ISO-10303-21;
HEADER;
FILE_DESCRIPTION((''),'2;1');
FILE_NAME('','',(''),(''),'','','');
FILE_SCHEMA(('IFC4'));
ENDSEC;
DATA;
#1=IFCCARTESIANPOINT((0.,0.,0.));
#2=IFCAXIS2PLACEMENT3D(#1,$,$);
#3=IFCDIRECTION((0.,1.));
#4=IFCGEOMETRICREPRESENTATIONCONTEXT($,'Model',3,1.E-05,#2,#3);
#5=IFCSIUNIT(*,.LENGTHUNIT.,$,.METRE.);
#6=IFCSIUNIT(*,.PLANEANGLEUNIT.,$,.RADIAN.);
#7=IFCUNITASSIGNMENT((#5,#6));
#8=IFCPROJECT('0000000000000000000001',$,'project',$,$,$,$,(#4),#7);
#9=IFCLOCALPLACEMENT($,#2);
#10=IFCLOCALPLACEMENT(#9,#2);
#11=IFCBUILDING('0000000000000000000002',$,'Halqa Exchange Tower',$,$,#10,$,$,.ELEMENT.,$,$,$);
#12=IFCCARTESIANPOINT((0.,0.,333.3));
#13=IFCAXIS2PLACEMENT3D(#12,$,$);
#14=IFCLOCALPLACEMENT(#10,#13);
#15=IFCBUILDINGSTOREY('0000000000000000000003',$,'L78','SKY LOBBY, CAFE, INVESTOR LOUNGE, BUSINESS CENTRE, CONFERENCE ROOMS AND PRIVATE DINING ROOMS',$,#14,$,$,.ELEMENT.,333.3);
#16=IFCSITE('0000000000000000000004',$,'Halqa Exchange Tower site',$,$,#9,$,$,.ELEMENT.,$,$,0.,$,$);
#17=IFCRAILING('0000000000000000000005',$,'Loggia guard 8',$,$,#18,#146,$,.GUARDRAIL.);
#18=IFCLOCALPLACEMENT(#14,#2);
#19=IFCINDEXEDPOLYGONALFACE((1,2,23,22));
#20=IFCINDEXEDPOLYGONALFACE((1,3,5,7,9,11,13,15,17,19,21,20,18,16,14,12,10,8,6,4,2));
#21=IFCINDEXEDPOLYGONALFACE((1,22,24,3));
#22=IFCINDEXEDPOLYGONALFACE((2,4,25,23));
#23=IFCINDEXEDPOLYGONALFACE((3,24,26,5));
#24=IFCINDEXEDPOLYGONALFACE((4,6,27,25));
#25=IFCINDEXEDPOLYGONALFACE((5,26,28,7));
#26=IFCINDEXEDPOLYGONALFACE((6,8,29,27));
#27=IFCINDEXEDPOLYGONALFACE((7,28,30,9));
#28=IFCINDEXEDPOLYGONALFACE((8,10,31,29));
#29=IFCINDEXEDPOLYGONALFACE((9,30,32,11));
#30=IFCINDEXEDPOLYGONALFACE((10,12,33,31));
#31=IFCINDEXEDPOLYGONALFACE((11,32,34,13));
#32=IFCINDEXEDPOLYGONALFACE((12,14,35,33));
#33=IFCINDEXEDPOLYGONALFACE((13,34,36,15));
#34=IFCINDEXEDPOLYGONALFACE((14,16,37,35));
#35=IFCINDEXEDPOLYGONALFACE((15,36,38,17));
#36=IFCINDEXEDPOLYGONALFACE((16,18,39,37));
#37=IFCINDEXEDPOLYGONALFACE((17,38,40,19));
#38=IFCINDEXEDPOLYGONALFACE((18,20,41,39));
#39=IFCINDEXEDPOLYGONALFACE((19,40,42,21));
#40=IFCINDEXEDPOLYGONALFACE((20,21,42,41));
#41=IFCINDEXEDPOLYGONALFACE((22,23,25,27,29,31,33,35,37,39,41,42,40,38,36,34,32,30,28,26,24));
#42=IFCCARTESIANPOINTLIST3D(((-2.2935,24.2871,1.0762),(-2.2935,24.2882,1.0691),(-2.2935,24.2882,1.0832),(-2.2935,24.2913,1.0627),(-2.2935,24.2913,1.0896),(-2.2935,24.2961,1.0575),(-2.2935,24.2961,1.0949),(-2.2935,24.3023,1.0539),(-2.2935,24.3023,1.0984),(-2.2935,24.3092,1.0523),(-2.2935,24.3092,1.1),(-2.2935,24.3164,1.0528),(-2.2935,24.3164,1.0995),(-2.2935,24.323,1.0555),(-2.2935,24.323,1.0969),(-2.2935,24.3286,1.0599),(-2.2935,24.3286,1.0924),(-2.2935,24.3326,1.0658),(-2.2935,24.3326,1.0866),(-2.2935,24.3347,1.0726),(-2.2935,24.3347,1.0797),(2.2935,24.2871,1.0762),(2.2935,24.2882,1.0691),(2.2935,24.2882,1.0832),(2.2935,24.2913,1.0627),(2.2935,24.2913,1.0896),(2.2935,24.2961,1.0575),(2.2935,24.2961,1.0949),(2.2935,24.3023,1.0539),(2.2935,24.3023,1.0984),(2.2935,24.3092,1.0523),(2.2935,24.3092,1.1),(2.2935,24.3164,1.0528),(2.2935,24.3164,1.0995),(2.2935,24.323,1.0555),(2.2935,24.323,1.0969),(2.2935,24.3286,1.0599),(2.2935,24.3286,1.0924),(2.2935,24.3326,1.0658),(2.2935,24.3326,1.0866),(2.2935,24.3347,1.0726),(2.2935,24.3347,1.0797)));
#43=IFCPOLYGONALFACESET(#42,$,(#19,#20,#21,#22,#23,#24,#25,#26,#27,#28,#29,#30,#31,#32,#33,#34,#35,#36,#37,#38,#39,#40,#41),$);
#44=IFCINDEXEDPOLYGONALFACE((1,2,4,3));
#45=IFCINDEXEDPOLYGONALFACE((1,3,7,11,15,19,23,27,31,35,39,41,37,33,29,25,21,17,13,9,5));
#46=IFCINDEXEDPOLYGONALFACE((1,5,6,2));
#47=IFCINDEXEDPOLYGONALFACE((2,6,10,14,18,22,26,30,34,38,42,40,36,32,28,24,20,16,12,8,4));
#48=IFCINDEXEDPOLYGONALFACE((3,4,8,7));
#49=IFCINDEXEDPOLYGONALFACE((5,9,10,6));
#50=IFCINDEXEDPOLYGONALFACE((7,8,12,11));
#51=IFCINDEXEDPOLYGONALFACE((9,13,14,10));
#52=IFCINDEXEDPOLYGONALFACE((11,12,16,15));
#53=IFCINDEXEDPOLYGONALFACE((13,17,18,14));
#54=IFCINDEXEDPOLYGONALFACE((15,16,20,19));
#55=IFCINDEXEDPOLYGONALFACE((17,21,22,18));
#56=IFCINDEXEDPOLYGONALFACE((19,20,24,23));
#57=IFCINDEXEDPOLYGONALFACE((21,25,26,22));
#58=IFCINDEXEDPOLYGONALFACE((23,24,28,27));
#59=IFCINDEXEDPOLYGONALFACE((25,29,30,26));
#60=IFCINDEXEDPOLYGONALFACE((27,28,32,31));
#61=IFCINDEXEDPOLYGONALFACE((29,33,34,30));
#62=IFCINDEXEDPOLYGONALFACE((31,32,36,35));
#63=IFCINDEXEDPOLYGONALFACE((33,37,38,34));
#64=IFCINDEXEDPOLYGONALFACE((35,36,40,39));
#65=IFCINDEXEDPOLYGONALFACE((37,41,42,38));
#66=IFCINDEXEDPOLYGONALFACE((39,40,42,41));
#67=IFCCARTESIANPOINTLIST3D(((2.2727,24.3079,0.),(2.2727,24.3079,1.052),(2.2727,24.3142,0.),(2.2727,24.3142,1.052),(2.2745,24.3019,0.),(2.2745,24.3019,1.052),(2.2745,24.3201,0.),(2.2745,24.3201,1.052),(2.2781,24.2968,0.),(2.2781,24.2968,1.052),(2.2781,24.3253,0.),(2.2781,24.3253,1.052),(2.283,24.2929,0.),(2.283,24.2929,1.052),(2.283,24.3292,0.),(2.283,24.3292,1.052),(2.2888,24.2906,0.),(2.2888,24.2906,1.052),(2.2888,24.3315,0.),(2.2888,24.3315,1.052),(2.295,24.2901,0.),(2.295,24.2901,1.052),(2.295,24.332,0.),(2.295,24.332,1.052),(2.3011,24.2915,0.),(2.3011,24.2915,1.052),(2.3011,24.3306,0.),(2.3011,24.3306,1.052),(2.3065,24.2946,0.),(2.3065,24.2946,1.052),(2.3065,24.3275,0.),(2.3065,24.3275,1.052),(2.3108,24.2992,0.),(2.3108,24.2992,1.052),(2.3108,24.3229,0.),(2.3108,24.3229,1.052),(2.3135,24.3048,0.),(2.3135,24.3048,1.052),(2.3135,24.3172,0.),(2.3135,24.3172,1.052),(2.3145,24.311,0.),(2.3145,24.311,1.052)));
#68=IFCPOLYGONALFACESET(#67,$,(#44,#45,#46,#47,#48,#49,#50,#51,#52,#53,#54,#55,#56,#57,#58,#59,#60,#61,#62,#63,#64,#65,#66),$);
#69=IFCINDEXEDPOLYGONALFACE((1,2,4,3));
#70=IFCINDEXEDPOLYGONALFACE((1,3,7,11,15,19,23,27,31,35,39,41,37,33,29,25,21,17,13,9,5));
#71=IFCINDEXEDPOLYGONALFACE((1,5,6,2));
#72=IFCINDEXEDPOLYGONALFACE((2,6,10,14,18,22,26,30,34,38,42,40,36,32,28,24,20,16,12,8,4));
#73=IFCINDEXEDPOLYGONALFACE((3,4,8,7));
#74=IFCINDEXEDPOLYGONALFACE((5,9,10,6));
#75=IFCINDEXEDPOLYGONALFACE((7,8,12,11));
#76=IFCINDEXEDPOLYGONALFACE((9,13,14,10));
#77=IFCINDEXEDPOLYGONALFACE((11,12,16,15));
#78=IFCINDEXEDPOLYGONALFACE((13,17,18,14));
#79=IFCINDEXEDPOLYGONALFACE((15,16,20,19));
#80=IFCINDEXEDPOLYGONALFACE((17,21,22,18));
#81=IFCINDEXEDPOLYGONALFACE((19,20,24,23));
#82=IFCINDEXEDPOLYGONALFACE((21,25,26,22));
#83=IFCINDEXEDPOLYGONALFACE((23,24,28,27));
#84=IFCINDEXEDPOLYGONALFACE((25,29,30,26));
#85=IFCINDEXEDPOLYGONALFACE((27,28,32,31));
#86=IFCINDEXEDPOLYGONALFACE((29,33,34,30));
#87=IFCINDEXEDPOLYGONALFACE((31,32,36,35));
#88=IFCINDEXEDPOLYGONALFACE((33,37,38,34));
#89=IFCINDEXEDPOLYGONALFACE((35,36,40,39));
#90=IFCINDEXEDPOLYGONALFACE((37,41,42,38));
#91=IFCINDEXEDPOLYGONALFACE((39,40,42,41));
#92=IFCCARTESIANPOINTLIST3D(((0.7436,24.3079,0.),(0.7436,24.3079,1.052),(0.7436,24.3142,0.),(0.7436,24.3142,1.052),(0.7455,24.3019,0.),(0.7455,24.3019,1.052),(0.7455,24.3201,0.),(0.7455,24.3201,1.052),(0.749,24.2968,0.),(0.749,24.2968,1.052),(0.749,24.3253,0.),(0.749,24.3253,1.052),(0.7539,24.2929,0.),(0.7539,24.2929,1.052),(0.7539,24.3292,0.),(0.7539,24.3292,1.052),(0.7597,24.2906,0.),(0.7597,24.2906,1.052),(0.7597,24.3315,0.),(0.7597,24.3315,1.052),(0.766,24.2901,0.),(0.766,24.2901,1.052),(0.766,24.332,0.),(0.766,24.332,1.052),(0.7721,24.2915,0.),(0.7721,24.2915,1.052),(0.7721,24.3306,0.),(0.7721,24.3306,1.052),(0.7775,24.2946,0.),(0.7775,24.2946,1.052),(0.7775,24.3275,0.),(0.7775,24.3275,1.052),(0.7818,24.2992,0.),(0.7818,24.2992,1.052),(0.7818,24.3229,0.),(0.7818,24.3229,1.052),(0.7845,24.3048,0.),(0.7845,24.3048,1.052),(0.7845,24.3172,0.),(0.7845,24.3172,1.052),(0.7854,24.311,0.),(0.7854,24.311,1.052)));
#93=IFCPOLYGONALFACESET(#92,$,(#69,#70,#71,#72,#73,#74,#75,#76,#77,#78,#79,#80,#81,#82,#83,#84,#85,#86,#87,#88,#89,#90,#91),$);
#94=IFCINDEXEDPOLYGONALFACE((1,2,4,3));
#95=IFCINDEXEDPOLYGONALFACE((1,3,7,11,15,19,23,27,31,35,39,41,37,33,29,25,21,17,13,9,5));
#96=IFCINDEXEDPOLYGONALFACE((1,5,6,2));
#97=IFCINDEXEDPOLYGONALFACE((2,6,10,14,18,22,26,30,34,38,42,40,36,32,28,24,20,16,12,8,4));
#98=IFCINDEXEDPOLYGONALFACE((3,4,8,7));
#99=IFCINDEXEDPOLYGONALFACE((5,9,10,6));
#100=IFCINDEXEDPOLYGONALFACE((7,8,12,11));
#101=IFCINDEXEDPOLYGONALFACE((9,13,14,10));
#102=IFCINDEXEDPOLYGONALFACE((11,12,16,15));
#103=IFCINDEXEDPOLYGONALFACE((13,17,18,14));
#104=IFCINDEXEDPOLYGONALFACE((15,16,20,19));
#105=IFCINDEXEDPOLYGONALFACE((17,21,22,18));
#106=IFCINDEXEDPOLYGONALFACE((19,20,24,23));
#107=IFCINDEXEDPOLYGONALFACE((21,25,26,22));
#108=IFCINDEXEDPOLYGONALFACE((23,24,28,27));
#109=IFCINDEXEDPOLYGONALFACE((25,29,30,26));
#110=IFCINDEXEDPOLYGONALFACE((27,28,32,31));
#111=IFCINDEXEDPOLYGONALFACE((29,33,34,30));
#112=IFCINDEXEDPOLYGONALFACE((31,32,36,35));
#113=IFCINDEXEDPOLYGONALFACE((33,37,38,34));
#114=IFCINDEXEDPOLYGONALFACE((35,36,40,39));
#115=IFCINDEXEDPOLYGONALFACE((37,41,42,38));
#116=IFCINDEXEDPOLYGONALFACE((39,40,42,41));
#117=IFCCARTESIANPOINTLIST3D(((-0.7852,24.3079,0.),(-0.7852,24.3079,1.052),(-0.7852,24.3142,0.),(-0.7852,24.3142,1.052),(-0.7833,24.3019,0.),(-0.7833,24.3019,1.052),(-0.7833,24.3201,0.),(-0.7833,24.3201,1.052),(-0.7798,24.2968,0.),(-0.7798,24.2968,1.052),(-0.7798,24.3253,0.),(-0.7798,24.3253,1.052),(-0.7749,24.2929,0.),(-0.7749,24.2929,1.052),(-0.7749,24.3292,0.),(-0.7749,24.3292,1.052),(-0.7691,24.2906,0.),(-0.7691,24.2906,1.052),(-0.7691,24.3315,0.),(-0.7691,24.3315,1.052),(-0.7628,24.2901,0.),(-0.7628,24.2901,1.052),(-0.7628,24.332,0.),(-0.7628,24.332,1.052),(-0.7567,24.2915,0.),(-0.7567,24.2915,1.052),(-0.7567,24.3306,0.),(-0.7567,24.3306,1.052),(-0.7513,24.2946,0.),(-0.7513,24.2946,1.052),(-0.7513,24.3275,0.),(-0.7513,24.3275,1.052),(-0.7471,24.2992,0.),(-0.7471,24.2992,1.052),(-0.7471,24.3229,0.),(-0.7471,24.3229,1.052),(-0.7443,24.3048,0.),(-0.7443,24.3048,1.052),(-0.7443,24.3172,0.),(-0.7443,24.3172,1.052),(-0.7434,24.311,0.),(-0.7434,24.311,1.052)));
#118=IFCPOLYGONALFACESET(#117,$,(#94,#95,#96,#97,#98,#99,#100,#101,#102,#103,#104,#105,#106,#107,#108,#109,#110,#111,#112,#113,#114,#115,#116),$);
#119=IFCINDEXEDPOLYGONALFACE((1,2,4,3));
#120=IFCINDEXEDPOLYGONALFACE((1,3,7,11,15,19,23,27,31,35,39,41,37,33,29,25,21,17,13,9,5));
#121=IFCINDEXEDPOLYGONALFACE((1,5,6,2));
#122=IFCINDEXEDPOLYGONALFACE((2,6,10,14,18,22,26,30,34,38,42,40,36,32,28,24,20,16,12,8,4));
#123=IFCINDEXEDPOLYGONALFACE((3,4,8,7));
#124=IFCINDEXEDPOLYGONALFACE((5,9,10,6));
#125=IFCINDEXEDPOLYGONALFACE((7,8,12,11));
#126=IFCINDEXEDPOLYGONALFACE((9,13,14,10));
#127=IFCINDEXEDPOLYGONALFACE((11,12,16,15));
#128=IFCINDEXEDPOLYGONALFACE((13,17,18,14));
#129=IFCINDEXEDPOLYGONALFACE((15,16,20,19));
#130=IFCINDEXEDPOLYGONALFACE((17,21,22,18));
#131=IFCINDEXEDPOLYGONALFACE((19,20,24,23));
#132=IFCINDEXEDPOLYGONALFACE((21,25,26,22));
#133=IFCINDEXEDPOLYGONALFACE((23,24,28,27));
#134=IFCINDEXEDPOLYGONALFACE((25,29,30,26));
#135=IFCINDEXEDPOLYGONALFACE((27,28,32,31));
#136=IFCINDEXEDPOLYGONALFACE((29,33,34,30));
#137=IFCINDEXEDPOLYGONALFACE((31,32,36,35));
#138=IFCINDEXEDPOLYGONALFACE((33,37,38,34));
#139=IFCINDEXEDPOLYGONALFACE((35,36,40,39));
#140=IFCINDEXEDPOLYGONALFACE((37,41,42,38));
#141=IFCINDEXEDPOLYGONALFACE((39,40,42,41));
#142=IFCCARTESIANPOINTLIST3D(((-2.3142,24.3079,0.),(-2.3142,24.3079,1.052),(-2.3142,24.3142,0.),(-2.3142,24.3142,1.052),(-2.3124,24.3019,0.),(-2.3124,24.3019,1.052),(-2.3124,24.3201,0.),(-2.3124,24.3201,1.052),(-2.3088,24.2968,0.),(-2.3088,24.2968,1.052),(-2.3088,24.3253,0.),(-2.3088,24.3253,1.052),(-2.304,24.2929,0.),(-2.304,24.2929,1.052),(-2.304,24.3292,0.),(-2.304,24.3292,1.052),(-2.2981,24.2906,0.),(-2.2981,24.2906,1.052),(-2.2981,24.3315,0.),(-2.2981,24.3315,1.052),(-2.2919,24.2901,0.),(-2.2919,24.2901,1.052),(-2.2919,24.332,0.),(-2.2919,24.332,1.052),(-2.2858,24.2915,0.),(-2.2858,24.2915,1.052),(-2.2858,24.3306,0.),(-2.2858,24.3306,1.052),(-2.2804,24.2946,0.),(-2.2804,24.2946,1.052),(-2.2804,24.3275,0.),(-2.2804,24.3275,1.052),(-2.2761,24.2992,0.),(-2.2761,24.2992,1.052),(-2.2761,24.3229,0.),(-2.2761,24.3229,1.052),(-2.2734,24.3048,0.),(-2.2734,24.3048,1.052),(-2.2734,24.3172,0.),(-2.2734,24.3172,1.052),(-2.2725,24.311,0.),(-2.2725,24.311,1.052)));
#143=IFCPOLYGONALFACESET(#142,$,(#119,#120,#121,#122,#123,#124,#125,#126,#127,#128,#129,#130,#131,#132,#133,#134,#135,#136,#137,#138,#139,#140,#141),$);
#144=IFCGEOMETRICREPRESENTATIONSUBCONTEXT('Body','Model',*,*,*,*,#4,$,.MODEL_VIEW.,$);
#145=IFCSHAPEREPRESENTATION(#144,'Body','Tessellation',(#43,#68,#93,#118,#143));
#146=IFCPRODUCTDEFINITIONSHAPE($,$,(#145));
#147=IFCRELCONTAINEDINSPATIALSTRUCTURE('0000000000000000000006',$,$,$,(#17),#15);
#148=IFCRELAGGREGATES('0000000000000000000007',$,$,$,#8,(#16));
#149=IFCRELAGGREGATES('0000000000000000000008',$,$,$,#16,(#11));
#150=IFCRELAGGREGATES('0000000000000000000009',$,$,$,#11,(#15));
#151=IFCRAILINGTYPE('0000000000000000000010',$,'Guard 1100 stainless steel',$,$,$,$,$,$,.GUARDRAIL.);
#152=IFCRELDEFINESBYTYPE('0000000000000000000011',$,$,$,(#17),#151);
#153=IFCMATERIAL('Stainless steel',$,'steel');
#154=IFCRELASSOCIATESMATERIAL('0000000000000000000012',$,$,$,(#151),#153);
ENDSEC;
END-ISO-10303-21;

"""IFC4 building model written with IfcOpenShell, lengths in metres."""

from ifc_helpers import new_model, si_unit, direction, frame, origin, origin_2d, place, context, subcontext, project, spatial, circle, extrude, material, type_object, element, save


model = new_model("IFC4")

# Units and contexts
model_context = context("Model", 3, precision=1e-05, world=origin(), true_north=direction((0.0, 1.0)))
body_context = subcontext(model_context, "Body", "Model", "MODEL_VIEW")
ifc_project = project(units=[si_unit("LENGTHUNIT", "METRE"), si_unit("PLANEANGLEUNIT", "RADIAN")], contexts=[model_context])

# Site, building, storey
site_placement = place(None, origin())
site = spatial("IfcSite", under=ifc_project, at=site_placement, Name="Halqa Exchange Tower site", CompositionType="ELEMENT", RefElevation=0.0)
building_placement = place(site_placement, origin())
building = spatial("IfcBuilding", under=site, at=building_placement, Name="Halqa Exchange Tower", CompositionType="ELEMENT")
storey_placement = place(building_placement, frame((0.0, 0.0, 333.3)))
storey = spatial("IfcBuildingStorey", under=building, at=storey_placement, Name="L78", Description="SKY LOBBY, CAFE, INVESTOR LOUNGE, BUSINESS CENTRE, CONFERENCE ROOMS AND PRIVATE DINING ROOMS", CompositionType="ELEMENT", Elevation=333.3)

# Railing
ifc_material_1 = material(Name="Stainless steel", Category="steel")
railing_type = type_object("IfcRailingType", Name="Guard 1100 stainless steel", PredefinedType="GUARDRAIL", material=ifc_material_1)
railing_1_placement = place(storey_placement, frame((2.2935, 24.311, 0.0)))
element("IfcRailing", 1, at=railing_1_placement, inside=storey, type_object=railing_type, Name="Loggia guard 8", PredefinedType="GUARDRAIL", context=body_context, shape_type="SweptSolid", body=[
    extrude(circle(Radius=0.0239, at=origin_2d()), frame((0.0, 0.0, 1.0762), z_axis=(-1.0, 0.0, 0.0), x_axis=(0.0, -1.0, 0.0)), (0.0, 0.0, 1.0), 4.5869),
    extrude(circle(Radius=0.021, at=origin_2d()), origin(), (0.0, 0.0, 1.0), 1.052),
    extrude(circle(Radius=0.021, at=origin_2d()), frame((-1.5291, 0.0, 0.0)), (0.0, 0.0, 1.0), 1.052),
    extrude(circle(Radius=0.021, at=origin_2d()), frame((-3.0579, 0.0, 0.0)), (0.0, 0.0, 1.0), 1.052),
    extrude(circle(Radius=0.021, at=origin_2d()), frame((-4.5869, 0.0, 0.0)), (0.0, 0.0, 1.0), 1.052),
])

save(model, "model.ifc")
